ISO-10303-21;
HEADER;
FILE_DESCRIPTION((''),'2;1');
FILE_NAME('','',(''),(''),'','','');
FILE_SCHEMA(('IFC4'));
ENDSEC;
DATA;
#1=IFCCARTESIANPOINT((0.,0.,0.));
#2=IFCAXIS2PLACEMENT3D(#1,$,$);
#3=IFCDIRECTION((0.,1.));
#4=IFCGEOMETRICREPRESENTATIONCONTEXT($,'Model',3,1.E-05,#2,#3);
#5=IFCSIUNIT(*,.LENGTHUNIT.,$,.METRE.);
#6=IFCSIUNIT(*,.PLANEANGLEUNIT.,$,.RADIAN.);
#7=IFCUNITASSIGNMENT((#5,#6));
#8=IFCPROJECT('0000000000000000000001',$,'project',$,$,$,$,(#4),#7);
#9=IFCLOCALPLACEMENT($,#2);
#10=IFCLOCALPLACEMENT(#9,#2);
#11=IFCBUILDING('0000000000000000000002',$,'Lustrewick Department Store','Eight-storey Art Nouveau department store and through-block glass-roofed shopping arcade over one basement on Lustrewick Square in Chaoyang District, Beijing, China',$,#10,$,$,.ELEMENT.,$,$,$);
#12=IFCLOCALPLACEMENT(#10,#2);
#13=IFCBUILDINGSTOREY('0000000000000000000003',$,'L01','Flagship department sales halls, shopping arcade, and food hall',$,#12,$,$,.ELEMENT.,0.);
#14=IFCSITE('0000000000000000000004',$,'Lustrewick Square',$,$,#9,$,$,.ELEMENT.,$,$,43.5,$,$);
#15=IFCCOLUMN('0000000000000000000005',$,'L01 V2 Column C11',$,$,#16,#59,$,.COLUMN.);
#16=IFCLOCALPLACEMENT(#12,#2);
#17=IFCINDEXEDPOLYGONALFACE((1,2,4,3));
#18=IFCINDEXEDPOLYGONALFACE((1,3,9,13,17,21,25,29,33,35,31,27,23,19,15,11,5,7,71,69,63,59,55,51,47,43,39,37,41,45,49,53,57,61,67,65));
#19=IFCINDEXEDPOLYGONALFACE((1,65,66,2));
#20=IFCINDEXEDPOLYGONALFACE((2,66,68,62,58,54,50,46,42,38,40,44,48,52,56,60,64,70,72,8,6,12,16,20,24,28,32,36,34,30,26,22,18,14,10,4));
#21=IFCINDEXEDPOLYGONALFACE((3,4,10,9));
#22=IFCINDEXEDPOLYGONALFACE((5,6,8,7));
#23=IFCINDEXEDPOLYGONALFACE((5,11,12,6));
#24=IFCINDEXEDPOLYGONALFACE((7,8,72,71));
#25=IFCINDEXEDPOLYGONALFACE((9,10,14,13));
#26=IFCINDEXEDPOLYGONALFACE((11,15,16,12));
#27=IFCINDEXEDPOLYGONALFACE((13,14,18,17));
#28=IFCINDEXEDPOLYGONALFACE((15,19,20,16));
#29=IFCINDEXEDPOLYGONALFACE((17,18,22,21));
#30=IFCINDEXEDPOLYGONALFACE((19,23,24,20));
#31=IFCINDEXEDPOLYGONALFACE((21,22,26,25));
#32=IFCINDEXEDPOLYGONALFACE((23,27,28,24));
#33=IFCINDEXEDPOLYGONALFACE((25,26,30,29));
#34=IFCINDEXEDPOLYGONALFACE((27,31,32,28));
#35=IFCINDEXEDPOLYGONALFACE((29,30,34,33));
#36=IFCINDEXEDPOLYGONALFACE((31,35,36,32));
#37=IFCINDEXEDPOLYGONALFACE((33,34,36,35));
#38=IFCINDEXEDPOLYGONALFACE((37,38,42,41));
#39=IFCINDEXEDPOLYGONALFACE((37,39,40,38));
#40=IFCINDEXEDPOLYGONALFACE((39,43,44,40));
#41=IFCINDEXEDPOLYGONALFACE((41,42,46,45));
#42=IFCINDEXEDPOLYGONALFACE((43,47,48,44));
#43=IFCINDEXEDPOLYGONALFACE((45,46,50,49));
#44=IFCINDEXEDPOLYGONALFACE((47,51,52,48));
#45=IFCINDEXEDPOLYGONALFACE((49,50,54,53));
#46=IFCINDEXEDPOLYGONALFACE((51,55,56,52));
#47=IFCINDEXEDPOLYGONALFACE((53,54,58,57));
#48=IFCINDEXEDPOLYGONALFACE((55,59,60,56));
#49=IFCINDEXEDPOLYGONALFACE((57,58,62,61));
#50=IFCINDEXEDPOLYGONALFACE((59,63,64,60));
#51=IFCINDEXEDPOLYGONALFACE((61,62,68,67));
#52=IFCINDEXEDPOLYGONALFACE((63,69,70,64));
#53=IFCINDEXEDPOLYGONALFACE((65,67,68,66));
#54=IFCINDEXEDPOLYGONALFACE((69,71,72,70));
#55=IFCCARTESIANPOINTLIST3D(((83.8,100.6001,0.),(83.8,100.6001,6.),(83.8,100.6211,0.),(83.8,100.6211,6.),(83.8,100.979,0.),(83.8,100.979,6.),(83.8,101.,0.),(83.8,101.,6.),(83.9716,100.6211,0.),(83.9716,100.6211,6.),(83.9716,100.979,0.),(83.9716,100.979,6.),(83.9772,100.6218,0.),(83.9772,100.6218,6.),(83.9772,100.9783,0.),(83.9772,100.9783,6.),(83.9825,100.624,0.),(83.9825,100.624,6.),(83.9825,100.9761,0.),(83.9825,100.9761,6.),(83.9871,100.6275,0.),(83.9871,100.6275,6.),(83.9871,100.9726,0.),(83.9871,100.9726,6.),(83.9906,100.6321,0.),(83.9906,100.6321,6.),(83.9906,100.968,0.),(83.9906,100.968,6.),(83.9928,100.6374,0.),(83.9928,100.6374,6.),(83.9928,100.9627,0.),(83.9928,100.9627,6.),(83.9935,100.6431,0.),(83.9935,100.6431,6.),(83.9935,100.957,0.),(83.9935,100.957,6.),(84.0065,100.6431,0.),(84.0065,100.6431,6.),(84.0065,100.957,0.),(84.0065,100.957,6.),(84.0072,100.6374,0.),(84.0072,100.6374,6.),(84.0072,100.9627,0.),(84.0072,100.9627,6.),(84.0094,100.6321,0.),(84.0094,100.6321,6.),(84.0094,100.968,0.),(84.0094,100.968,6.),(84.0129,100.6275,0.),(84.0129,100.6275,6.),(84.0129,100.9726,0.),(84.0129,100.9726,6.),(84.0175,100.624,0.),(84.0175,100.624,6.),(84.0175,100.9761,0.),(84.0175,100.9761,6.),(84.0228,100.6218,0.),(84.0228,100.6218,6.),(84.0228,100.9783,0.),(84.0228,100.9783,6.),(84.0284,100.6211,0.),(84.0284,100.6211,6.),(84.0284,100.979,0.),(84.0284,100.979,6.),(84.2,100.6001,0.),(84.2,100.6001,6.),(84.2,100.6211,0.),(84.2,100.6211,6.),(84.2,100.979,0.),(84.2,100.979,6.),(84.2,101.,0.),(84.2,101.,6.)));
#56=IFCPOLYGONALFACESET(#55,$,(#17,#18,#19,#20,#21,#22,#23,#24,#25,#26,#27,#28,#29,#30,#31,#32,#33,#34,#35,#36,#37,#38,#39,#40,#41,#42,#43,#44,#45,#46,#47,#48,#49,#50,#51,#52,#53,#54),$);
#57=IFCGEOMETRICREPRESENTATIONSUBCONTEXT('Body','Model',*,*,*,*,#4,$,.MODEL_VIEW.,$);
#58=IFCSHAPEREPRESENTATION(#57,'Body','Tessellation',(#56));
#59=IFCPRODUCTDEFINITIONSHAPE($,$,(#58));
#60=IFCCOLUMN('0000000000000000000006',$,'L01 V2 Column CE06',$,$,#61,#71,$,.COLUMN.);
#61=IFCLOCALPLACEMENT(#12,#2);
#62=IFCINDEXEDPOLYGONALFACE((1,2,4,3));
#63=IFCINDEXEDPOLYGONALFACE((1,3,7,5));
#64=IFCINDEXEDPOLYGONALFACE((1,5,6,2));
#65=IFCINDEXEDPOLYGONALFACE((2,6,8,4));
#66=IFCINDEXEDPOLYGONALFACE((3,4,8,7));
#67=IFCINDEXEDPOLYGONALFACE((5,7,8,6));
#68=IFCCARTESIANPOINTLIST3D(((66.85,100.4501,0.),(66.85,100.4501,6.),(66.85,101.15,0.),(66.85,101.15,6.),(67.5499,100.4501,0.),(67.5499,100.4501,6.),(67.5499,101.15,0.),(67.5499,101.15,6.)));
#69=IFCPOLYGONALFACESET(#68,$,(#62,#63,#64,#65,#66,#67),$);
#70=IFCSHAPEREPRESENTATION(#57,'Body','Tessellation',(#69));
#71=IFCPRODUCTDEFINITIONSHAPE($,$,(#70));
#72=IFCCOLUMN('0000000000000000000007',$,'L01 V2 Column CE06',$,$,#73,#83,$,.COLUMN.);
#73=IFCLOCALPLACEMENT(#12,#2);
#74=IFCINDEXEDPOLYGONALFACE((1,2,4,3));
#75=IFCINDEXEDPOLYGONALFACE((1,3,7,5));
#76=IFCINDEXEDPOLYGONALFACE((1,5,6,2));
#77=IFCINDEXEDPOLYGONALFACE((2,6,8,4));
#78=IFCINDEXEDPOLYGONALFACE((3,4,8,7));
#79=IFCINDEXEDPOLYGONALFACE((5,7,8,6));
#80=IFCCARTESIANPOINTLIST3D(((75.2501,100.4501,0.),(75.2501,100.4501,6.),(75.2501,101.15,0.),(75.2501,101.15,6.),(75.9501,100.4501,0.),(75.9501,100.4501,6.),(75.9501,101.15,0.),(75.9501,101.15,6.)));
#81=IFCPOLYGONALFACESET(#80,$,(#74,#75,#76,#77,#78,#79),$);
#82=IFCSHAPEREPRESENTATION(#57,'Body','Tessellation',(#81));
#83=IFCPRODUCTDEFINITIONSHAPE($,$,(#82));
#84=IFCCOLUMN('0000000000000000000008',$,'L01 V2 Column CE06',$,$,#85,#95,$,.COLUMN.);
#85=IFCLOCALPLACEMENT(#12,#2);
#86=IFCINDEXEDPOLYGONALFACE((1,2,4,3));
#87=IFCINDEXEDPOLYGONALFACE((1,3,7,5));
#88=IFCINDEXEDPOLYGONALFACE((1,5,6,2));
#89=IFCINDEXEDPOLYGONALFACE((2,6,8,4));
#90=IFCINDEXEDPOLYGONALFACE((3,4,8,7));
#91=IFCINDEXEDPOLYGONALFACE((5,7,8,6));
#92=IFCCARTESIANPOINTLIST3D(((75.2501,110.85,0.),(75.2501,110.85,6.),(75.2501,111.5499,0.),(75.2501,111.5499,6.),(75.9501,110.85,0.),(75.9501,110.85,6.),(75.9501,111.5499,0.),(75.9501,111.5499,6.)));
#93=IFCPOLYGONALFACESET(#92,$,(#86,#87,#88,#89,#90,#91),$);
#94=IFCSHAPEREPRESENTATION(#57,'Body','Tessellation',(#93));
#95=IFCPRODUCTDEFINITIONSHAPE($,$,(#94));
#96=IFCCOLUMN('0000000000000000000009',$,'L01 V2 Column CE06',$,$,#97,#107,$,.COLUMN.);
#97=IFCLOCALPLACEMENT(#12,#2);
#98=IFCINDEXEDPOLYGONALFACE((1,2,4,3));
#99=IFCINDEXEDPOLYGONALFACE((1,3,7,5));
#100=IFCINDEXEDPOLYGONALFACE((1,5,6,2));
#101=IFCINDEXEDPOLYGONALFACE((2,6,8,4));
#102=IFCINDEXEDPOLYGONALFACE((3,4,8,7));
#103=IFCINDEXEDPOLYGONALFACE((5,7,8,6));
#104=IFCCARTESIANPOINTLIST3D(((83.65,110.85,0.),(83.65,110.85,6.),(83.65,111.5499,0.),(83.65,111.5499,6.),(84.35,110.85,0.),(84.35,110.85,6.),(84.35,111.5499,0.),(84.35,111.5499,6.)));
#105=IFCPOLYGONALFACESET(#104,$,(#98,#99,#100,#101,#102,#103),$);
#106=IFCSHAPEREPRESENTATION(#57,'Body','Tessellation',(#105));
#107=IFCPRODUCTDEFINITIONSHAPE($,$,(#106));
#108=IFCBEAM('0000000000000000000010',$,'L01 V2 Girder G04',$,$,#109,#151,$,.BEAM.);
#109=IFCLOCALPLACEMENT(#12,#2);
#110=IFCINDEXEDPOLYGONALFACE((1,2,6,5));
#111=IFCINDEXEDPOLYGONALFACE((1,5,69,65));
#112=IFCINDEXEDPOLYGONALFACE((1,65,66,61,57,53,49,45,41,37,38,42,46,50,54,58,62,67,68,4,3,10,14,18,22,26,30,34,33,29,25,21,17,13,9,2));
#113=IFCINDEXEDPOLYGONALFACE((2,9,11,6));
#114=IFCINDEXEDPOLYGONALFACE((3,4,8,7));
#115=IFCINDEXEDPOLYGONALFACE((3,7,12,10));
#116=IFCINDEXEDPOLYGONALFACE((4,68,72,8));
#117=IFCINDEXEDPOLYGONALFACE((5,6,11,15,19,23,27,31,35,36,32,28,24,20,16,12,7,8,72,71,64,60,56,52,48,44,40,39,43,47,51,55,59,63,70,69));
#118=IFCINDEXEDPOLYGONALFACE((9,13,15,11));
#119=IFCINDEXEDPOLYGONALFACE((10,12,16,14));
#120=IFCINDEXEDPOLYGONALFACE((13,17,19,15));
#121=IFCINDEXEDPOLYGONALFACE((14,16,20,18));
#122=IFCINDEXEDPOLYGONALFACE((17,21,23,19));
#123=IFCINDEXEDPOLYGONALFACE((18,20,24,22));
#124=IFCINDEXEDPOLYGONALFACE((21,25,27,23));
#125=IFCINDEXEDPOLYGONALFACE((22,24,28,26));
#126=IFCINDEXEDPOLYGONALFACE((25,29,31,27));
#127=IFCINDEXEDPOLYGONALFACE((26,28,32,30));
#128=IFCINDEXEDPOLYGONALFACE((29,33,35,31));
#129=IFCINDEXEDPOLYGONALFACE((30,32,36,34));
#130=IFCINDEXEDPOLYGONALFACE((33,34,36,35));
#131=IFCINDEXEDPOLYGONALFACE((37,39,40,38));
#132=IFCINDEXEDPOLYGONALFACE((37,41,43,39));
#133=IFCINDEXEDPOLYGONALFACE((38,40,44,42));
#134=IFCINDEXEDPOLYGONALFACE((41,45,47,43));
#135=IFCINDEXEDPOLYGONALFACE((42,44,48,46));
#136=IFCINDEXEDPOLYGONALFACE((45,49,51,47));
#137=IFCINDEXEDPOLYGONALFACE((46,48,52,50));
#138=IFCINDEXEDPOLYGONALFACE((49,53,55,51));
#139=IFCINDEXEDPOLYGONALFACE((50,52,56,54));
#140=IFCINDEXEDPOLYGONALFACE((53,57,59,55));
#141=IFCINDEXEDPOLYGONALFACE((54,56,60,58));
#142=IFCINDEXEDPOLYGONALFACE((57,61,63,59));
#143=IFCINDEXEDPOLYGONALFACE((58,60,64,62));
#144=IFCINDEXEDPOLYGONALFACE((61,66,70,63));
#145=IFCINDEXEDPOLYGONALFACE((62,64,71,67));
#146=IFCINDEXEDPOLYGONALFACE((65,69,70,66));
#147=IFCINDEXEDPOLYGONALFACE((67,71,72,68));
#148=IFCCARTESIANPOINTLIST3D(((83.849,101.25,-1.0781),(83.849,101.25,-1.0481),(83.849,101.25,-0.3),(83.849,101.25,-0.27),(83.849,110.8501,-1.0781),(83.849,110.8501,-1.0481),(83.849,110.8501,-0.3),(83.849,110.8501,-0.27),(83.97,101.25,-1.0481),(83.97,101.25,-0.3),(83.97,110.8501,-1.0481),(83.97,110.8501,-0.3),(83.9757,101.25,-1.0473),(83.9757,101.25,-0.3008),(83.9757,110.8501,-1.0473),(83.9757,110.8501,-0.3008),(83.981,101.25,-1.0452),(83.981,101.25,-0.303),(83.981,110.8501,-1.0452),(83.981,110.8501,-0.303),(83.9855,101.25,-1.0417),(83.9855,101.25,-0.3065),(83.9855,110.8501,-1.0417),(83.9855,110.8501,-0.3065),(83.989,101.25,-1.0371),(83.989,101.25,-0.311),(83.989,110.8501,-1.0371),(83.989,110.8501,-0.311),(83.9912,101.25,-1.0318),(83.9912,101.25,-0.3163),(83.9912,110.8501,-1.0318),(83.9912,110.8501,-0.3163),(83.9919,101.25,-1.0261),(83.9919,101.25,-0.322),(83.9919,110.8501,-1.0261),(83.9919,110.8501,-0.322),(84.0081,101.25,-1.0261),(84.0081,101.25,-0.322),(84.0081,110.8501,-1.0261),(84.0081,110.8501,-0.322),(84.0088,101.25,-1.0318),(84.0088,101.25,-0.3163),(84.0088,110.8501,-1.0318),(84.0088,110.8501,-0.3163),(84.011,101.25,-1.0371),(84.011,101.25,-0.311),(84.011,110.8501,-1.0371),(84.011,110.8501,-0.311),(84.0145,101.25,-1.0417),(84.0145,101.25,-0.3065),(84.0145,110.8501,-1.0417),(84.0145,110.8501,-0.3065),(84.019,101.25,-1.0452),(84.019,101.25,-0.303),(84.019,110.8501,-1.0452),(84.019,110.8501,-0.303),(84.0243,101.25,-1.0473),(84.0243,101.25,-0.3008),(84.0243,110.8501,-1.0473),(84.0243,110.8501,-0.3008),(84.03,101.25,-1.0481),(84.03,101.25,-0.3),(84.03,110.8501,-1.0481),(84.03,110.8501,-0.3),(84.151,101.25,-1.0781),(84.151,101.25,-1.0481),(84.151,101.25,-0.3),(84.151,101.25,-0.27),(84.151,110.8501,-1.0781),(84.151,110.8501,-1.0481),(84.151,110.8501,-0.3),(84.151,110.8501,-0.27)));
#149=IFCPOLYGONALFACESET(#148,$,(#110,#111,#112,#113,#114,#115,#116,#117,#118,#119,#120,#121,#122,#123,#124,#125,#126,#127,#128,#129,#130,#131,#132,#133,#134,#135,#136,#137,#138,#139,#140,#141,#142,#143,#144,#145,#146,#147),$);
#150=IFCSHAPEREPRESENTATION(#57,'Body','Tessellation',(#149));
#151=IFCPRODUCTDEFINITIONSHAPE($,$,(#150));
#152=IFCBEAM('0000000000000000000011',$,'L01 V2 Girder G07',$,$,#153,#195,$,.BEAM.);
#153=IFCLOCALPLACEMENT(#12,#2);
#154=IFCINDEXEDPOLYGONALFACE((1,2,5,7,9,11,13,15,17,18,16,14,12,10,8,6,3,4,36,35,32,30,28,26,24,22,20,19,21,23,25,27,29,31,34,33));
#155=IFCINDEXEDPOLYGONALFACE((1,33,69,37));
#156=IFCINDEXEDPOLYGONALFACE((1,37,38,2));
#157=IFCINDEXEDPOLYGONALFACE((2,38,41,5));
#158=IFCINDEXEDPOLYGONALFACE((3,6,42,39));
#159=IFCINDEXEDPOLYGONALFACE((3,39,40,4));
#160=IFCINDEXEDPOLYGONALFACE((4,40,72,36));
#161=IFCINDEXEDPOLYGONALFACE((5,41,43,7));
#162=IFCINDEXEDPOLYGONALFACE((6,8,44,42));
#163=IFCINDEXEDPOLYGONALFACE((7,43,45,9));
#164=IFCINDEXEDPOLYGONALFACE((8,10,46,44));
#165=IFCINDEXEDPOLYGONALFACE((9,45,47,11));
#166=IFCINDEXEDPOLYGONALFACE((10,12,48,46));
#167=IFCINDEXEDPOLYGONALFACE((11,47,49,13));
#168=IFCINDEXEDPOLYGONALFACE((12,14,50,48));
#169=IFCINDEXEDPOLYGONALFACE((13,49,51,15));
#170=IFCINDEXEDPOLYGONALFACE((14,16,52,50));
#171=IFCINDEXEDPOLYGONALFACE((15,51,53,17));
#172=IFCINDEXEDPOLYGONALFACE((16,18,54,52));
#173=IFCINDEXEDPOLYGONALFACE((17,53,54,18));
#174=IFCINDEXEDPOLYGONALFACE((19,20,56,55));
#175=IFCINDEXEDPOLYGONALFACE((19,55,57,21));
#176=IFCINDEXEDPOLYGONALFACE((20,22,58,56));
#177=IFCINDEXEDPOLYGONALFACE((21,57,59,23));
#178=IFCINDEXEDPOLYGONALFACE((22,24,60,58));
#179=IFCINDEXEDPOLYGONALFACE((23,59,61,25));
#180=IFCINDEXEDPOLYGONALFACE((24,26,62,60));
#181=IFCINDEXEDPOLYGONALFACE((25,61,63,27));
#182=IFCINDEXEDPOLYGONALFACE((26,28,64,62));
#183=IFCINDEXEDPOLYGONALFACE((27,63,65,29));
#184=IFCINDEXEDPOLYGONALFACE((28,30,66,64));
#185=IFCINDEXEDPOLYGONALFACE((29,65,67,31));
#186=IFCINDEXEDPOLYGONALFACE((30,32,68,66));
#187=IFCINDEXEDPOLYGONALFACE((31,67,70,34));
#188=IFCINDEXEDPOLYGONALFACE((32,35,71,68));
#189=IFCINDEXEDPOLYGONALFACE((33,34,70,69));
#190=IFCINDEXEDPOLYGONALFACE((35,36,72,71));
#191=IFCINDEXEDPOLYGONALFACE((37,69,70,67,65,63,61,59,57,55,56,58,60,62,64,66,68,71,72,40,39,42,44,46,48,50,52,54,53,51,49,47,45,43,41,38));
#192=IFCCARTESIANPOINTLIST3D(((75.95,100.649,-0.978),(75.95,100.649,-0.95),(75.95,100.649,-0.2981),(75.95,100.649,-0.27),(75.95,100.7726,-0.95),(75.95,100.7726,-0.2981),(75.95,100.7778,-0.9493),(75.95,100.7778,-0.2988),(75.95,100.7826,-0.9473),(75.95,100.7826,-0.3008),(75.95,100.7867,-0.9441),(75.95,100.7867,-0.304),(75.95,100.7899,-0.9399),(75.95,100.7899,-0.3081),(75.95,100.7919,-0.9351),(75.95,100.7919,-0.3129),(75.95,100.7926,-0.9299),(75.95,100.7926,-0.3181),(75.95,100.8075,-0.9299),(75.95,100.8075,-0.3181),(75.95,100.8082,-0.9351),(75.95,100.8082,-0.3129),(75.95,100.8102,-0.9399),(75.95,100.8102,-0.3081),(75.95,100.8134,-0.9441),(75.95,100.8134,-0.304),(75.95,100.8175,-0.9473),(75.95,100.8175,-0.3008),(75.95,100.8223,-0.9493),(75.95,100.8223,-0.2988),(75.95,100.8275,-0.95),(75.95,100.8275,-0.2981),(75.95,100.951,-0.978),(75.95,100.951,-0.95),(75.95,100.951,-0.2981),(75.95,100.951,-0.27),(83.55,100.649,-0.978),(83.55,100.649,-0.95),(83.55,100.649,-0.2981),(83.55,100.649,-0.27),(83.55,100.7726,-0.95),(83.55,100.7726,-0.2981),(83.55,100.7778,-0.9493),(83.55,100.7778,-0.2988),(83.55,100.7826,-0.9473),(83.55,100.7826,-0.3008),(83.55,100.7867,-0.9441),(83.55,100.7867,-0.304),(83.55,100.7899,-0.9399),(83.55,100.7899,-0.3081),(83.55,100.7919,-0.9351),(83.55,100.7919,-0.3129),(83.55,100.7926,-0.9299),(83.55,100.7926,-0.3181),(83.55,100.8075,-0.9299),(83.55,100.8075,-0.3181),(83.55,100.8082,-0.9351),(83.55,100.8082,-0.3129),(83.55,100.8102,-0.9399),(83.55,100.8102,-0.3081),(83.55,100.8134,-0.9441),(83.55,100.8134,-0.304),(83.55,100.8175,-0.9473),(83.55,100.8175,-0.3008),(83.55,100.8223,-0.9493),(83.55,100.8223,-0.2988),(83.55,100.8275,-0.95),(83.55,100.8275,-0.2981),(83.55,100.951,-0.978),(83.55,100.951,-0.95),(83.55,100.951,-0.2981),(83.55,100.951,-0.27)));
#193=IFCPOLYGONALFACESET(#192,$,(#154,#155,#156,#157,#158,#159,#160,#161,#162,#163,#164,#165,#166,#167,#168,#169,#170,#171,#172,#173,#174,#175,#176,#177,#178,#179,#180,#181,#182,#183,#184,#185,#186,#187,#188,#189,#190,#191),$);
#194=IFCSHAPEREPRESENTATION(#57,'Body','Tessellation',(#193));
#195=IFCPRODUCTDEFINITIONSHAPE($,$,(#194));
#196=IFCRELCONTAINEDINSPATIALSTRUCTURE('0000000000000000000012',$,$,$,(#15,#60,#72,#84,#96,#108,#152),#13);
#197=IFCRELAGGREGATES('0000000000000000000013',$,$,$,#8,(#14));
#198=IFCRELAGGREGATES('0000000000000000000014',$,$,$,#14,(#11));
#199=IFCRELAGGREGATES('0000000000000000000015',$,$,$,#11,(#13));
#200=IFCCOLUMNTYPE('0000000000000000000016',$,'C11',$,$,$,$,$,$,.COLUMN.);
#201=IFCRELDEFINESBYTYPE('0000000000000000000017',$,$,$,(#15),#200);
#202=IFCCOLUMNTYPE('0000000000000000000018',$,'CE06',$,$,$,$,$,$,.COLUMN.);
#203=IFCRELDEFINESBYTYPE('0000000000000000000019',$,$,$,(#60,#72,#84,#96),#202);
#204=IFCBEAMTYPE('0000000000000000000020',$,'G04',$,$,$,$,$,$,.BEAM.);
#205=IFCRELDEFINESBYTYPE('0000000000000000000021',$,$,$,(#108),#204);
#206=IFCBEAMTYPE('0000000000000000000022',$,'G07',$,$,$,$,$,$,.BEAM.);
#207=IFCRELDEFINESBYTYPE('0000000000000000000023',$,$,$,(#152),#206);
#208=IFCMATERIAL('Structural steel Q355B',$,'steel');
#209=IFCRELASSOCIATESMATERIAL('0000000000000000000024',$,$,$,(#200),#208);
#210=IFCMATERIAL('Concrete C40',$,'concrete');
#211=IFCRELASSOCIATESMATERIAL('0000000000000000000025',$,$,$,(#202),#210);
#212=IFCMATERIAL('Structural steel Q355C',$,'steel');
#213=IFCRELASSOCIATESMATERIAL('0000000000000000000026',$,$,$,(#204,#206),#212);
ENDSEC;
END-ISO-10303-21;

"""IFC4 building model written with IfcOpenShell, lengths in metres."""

from ifc_helpers import new_model, si_unit, direction, frame, origin, origin_2d, place, context, subcontext, project, spatial, rectangle, i_section, extrude, material, material_profile, profile_set, type_object, element, save


model = new_model("IFC4")

# Units and contexts
model_context = context("Model", 3, precision=1e-05, world=origin(), true_north=direction((0.0, 1.0)))
body_context = subcontext(model_context, "Body", "Model", "MODEL_VIEW")
ifc_project = project(units=[si_unit("LENGTHUNIT", "METRE"), si_unit("PLANEANGLEUNIT", "RADIAN")], contexts=[model_context])

# Site, building, storey
site_placement = place(None, origin())
site = spatial("IfcSite", under=ifc_project, at=site_placement, Name="Lustrewick Square", CompositionType="ELEMENT", RefElevation=43.5)
building_placement = place(site_placement, origin())
building = spatial("IfcBuilding", under=site, at=building_placement, Name="Lustrewick Department Store", Description="Eight-storey Art Nouveau department store and through-block glass-roofed shopping arcade over one basement on Lustrewick Square in Chaoyang District, Beijing, China", CompositionType="ELEMENT")
storey_placement = place(building_placement, origin())
storey = spatial("IfcBuildingStorey", under=building, at=storey_placement, Name="L01", Description="Flagship department sales halls, shopping arcade, and food hall", CompositionType="ELEMENT", Elevation=0.0)

# Columns
ifc_material_1 = material(Name="Structural steel Q355B", Category="steel")
ifc_material_profile_1 = material_profile(ifc_material_1, i_section(OverallWidth=0.3999, OverallDepth=0.3999, WebThickness=0.0129, FlangeThickness=0.021, FilletRadius=0.022, at=origin_2d()), Name="HW 400x400x13x21")
ifc_profile_set_1 = profile_set([ifc_material_profile_1], Name="Structural steel Q355B")
column_type_1 = type_object("IfcColumnType", Name="C11", PredefinedType="COLUMN", material=ifc_profile_set_1)
column_placement = place(storey_placement, frame((84.0, 100.8, 0.0), z_axis=(0.0, 0.0, 1.0), x_axis=(1.0, 0.0, 0.0)))
element("IfcColumn", 1, at=column_placement, inside=storey, type_object=column_type_1, Name="L01 V2 Column C11", PredefinedType="COLUMN", context=body_context, shape_type="SweptSolid", body=[
    extrude(i_section(OverallWidth=0.3999, OverallDepth=0.3999, WebThickness=0.0129, FlangeThickness=0.021, FilletRadius=0.022, at=origin_2d()), origin(), (0.0, 0.0, 1.0), 6.0),
])
ifc_material_2 = material(Name="Concrete C40", Category="concrete")
ifc_material_profile_2 = material_profile(ifc_material_2, rectangle(XDim=0.7, YDim=0.7, at=origin_2d()), Name="RC 700x700")
ifc_profile_set_2 = profile_set([ifc_material_profile_2], Name="Concrete C40")
column_type_2 = type_object("IfcColumnType", Name="CE06", PredefinedType="COLUMN", material=ifc_profile_set_2)
for number, where, z_axis, x_axis, name in (
    (2, (67.2, 100.8, 0.0), (0.0, 0.0, 1.0), (1.0, 0.0, 0.0), "L01 V2 Column CE06"),
    (3, (75.6001, 100.8, 0.0), (0.0, 0.0, 1.0), (1.0, 0.0, 0.0), "L01 V2 Column CE06"),
    (4, (75.6001, 111.2, 0.0), (0.0, 0.0, 1.0), (1.0, 0.0, 0.0), "L01 V2 Column CE06"),
    (5, (84.0, 111.2, 0.0), (0.0, 0.0, 1.0), (1.0, 0.0, 0.0), "L01 V2 Column CE06"),
):
    element("IfcColumn", number, at=place(storey_placement, frame(where, z_axis=z_axis, x_axis=x_axis)), inside=storey, type_object=column_type_2, Name=name, PredefinedType="COLUMN", context=body_context, shape_type="SweptSolid", body=[
        extrude(rectangle(XDim=0.7, YDim=0.7, at=origin_2d()), origin(), (0.0, 0.0, 1.0), 6.0),
    ])

# Beams
ifc_material_3 = material(Name="Structural steel Q355C", Category="steel")
ifc_material_profile_3 = material_profile(ifc_material_3, i_section(OverallWidth=0.302, OverallDepth=0.8081, WebThickness=0.0161, FlangeThickness=0.03, FilletRadius=0.022, at=origin_2d()), Name="HN 808x302x16x30")
ifc_profile_set_3 = profile_set([ifc_material_profile_3], Name="Structural steel Q355C")
beam_type_1 = type_object("IfcBeamType", Name="G04", PredefinedType="BEAM", material=ifc_profile_set_3)
beam_1_placement = place(storey_placement, frame((84.0, 101.25, -0.6741), z_axis=(0.0, 1.0, 0.0), x_axis=(-1.0, 0.0, 0.0)))
element("IfcBeam", 6, at=beam_1_placement, inside=storey, type_object=beam_type_1, Name="L01 V2 Girder G04", PredefinedType="BEAM", context=body_context, shape_type="SweptSolid", body=[
    extrude(i_section(OverallWidth=0.302, OverallDepth=0.8081, WebThickness=0.0161, FlangeThickness=0.03, FilletRadius=0.022, at=origin_2d()), origin(), (0.0, 0.0, 1.0), 9.6001),
])
ifc_material_profile_4 = material_profile(ifc_material_3, i_section(OverallWidth=0.302, OverallDepth=0.708, WebThickness=0.0149, FlangeThickness=0.0281, FilletRadius=0.02, at=origin_2d()), Name="HN 708x302x15x28")
ifc_profile_set_4 = profile_set([ifc_material_profile_4], Name="Structural steel Q355C")
beam_type_2 = type_object("IfcBeamType", Name="G07", PredefinedType="BEAM", material=ifc_profile_set_4)
beam_2_placement = place(storey_placement, frame((75.95, 100.8, -0.624), z_axis=(1.0, 0.0, 0.0), x_axis=(0.0, 1.0, 0.0)))
element("IfcBeam", 7, at=beam_2_placement, inside=storey, type_object=beam_type_2, Name="L01 V2 Girder G07", PredefinedType="BEAM", context=body_context, shape_type="SweptSolid", body=[
    extrude(i_section(OverallWidth=0.302, OverallDepth=0.708, WebThickness=0.0149, FlangeThickness=0.0281, FilletRadius=0.02, at=origin_2d()), origin(), (0.0, 0.0, 1.0), 7.6001),
])

save(model, "model.ifc")
